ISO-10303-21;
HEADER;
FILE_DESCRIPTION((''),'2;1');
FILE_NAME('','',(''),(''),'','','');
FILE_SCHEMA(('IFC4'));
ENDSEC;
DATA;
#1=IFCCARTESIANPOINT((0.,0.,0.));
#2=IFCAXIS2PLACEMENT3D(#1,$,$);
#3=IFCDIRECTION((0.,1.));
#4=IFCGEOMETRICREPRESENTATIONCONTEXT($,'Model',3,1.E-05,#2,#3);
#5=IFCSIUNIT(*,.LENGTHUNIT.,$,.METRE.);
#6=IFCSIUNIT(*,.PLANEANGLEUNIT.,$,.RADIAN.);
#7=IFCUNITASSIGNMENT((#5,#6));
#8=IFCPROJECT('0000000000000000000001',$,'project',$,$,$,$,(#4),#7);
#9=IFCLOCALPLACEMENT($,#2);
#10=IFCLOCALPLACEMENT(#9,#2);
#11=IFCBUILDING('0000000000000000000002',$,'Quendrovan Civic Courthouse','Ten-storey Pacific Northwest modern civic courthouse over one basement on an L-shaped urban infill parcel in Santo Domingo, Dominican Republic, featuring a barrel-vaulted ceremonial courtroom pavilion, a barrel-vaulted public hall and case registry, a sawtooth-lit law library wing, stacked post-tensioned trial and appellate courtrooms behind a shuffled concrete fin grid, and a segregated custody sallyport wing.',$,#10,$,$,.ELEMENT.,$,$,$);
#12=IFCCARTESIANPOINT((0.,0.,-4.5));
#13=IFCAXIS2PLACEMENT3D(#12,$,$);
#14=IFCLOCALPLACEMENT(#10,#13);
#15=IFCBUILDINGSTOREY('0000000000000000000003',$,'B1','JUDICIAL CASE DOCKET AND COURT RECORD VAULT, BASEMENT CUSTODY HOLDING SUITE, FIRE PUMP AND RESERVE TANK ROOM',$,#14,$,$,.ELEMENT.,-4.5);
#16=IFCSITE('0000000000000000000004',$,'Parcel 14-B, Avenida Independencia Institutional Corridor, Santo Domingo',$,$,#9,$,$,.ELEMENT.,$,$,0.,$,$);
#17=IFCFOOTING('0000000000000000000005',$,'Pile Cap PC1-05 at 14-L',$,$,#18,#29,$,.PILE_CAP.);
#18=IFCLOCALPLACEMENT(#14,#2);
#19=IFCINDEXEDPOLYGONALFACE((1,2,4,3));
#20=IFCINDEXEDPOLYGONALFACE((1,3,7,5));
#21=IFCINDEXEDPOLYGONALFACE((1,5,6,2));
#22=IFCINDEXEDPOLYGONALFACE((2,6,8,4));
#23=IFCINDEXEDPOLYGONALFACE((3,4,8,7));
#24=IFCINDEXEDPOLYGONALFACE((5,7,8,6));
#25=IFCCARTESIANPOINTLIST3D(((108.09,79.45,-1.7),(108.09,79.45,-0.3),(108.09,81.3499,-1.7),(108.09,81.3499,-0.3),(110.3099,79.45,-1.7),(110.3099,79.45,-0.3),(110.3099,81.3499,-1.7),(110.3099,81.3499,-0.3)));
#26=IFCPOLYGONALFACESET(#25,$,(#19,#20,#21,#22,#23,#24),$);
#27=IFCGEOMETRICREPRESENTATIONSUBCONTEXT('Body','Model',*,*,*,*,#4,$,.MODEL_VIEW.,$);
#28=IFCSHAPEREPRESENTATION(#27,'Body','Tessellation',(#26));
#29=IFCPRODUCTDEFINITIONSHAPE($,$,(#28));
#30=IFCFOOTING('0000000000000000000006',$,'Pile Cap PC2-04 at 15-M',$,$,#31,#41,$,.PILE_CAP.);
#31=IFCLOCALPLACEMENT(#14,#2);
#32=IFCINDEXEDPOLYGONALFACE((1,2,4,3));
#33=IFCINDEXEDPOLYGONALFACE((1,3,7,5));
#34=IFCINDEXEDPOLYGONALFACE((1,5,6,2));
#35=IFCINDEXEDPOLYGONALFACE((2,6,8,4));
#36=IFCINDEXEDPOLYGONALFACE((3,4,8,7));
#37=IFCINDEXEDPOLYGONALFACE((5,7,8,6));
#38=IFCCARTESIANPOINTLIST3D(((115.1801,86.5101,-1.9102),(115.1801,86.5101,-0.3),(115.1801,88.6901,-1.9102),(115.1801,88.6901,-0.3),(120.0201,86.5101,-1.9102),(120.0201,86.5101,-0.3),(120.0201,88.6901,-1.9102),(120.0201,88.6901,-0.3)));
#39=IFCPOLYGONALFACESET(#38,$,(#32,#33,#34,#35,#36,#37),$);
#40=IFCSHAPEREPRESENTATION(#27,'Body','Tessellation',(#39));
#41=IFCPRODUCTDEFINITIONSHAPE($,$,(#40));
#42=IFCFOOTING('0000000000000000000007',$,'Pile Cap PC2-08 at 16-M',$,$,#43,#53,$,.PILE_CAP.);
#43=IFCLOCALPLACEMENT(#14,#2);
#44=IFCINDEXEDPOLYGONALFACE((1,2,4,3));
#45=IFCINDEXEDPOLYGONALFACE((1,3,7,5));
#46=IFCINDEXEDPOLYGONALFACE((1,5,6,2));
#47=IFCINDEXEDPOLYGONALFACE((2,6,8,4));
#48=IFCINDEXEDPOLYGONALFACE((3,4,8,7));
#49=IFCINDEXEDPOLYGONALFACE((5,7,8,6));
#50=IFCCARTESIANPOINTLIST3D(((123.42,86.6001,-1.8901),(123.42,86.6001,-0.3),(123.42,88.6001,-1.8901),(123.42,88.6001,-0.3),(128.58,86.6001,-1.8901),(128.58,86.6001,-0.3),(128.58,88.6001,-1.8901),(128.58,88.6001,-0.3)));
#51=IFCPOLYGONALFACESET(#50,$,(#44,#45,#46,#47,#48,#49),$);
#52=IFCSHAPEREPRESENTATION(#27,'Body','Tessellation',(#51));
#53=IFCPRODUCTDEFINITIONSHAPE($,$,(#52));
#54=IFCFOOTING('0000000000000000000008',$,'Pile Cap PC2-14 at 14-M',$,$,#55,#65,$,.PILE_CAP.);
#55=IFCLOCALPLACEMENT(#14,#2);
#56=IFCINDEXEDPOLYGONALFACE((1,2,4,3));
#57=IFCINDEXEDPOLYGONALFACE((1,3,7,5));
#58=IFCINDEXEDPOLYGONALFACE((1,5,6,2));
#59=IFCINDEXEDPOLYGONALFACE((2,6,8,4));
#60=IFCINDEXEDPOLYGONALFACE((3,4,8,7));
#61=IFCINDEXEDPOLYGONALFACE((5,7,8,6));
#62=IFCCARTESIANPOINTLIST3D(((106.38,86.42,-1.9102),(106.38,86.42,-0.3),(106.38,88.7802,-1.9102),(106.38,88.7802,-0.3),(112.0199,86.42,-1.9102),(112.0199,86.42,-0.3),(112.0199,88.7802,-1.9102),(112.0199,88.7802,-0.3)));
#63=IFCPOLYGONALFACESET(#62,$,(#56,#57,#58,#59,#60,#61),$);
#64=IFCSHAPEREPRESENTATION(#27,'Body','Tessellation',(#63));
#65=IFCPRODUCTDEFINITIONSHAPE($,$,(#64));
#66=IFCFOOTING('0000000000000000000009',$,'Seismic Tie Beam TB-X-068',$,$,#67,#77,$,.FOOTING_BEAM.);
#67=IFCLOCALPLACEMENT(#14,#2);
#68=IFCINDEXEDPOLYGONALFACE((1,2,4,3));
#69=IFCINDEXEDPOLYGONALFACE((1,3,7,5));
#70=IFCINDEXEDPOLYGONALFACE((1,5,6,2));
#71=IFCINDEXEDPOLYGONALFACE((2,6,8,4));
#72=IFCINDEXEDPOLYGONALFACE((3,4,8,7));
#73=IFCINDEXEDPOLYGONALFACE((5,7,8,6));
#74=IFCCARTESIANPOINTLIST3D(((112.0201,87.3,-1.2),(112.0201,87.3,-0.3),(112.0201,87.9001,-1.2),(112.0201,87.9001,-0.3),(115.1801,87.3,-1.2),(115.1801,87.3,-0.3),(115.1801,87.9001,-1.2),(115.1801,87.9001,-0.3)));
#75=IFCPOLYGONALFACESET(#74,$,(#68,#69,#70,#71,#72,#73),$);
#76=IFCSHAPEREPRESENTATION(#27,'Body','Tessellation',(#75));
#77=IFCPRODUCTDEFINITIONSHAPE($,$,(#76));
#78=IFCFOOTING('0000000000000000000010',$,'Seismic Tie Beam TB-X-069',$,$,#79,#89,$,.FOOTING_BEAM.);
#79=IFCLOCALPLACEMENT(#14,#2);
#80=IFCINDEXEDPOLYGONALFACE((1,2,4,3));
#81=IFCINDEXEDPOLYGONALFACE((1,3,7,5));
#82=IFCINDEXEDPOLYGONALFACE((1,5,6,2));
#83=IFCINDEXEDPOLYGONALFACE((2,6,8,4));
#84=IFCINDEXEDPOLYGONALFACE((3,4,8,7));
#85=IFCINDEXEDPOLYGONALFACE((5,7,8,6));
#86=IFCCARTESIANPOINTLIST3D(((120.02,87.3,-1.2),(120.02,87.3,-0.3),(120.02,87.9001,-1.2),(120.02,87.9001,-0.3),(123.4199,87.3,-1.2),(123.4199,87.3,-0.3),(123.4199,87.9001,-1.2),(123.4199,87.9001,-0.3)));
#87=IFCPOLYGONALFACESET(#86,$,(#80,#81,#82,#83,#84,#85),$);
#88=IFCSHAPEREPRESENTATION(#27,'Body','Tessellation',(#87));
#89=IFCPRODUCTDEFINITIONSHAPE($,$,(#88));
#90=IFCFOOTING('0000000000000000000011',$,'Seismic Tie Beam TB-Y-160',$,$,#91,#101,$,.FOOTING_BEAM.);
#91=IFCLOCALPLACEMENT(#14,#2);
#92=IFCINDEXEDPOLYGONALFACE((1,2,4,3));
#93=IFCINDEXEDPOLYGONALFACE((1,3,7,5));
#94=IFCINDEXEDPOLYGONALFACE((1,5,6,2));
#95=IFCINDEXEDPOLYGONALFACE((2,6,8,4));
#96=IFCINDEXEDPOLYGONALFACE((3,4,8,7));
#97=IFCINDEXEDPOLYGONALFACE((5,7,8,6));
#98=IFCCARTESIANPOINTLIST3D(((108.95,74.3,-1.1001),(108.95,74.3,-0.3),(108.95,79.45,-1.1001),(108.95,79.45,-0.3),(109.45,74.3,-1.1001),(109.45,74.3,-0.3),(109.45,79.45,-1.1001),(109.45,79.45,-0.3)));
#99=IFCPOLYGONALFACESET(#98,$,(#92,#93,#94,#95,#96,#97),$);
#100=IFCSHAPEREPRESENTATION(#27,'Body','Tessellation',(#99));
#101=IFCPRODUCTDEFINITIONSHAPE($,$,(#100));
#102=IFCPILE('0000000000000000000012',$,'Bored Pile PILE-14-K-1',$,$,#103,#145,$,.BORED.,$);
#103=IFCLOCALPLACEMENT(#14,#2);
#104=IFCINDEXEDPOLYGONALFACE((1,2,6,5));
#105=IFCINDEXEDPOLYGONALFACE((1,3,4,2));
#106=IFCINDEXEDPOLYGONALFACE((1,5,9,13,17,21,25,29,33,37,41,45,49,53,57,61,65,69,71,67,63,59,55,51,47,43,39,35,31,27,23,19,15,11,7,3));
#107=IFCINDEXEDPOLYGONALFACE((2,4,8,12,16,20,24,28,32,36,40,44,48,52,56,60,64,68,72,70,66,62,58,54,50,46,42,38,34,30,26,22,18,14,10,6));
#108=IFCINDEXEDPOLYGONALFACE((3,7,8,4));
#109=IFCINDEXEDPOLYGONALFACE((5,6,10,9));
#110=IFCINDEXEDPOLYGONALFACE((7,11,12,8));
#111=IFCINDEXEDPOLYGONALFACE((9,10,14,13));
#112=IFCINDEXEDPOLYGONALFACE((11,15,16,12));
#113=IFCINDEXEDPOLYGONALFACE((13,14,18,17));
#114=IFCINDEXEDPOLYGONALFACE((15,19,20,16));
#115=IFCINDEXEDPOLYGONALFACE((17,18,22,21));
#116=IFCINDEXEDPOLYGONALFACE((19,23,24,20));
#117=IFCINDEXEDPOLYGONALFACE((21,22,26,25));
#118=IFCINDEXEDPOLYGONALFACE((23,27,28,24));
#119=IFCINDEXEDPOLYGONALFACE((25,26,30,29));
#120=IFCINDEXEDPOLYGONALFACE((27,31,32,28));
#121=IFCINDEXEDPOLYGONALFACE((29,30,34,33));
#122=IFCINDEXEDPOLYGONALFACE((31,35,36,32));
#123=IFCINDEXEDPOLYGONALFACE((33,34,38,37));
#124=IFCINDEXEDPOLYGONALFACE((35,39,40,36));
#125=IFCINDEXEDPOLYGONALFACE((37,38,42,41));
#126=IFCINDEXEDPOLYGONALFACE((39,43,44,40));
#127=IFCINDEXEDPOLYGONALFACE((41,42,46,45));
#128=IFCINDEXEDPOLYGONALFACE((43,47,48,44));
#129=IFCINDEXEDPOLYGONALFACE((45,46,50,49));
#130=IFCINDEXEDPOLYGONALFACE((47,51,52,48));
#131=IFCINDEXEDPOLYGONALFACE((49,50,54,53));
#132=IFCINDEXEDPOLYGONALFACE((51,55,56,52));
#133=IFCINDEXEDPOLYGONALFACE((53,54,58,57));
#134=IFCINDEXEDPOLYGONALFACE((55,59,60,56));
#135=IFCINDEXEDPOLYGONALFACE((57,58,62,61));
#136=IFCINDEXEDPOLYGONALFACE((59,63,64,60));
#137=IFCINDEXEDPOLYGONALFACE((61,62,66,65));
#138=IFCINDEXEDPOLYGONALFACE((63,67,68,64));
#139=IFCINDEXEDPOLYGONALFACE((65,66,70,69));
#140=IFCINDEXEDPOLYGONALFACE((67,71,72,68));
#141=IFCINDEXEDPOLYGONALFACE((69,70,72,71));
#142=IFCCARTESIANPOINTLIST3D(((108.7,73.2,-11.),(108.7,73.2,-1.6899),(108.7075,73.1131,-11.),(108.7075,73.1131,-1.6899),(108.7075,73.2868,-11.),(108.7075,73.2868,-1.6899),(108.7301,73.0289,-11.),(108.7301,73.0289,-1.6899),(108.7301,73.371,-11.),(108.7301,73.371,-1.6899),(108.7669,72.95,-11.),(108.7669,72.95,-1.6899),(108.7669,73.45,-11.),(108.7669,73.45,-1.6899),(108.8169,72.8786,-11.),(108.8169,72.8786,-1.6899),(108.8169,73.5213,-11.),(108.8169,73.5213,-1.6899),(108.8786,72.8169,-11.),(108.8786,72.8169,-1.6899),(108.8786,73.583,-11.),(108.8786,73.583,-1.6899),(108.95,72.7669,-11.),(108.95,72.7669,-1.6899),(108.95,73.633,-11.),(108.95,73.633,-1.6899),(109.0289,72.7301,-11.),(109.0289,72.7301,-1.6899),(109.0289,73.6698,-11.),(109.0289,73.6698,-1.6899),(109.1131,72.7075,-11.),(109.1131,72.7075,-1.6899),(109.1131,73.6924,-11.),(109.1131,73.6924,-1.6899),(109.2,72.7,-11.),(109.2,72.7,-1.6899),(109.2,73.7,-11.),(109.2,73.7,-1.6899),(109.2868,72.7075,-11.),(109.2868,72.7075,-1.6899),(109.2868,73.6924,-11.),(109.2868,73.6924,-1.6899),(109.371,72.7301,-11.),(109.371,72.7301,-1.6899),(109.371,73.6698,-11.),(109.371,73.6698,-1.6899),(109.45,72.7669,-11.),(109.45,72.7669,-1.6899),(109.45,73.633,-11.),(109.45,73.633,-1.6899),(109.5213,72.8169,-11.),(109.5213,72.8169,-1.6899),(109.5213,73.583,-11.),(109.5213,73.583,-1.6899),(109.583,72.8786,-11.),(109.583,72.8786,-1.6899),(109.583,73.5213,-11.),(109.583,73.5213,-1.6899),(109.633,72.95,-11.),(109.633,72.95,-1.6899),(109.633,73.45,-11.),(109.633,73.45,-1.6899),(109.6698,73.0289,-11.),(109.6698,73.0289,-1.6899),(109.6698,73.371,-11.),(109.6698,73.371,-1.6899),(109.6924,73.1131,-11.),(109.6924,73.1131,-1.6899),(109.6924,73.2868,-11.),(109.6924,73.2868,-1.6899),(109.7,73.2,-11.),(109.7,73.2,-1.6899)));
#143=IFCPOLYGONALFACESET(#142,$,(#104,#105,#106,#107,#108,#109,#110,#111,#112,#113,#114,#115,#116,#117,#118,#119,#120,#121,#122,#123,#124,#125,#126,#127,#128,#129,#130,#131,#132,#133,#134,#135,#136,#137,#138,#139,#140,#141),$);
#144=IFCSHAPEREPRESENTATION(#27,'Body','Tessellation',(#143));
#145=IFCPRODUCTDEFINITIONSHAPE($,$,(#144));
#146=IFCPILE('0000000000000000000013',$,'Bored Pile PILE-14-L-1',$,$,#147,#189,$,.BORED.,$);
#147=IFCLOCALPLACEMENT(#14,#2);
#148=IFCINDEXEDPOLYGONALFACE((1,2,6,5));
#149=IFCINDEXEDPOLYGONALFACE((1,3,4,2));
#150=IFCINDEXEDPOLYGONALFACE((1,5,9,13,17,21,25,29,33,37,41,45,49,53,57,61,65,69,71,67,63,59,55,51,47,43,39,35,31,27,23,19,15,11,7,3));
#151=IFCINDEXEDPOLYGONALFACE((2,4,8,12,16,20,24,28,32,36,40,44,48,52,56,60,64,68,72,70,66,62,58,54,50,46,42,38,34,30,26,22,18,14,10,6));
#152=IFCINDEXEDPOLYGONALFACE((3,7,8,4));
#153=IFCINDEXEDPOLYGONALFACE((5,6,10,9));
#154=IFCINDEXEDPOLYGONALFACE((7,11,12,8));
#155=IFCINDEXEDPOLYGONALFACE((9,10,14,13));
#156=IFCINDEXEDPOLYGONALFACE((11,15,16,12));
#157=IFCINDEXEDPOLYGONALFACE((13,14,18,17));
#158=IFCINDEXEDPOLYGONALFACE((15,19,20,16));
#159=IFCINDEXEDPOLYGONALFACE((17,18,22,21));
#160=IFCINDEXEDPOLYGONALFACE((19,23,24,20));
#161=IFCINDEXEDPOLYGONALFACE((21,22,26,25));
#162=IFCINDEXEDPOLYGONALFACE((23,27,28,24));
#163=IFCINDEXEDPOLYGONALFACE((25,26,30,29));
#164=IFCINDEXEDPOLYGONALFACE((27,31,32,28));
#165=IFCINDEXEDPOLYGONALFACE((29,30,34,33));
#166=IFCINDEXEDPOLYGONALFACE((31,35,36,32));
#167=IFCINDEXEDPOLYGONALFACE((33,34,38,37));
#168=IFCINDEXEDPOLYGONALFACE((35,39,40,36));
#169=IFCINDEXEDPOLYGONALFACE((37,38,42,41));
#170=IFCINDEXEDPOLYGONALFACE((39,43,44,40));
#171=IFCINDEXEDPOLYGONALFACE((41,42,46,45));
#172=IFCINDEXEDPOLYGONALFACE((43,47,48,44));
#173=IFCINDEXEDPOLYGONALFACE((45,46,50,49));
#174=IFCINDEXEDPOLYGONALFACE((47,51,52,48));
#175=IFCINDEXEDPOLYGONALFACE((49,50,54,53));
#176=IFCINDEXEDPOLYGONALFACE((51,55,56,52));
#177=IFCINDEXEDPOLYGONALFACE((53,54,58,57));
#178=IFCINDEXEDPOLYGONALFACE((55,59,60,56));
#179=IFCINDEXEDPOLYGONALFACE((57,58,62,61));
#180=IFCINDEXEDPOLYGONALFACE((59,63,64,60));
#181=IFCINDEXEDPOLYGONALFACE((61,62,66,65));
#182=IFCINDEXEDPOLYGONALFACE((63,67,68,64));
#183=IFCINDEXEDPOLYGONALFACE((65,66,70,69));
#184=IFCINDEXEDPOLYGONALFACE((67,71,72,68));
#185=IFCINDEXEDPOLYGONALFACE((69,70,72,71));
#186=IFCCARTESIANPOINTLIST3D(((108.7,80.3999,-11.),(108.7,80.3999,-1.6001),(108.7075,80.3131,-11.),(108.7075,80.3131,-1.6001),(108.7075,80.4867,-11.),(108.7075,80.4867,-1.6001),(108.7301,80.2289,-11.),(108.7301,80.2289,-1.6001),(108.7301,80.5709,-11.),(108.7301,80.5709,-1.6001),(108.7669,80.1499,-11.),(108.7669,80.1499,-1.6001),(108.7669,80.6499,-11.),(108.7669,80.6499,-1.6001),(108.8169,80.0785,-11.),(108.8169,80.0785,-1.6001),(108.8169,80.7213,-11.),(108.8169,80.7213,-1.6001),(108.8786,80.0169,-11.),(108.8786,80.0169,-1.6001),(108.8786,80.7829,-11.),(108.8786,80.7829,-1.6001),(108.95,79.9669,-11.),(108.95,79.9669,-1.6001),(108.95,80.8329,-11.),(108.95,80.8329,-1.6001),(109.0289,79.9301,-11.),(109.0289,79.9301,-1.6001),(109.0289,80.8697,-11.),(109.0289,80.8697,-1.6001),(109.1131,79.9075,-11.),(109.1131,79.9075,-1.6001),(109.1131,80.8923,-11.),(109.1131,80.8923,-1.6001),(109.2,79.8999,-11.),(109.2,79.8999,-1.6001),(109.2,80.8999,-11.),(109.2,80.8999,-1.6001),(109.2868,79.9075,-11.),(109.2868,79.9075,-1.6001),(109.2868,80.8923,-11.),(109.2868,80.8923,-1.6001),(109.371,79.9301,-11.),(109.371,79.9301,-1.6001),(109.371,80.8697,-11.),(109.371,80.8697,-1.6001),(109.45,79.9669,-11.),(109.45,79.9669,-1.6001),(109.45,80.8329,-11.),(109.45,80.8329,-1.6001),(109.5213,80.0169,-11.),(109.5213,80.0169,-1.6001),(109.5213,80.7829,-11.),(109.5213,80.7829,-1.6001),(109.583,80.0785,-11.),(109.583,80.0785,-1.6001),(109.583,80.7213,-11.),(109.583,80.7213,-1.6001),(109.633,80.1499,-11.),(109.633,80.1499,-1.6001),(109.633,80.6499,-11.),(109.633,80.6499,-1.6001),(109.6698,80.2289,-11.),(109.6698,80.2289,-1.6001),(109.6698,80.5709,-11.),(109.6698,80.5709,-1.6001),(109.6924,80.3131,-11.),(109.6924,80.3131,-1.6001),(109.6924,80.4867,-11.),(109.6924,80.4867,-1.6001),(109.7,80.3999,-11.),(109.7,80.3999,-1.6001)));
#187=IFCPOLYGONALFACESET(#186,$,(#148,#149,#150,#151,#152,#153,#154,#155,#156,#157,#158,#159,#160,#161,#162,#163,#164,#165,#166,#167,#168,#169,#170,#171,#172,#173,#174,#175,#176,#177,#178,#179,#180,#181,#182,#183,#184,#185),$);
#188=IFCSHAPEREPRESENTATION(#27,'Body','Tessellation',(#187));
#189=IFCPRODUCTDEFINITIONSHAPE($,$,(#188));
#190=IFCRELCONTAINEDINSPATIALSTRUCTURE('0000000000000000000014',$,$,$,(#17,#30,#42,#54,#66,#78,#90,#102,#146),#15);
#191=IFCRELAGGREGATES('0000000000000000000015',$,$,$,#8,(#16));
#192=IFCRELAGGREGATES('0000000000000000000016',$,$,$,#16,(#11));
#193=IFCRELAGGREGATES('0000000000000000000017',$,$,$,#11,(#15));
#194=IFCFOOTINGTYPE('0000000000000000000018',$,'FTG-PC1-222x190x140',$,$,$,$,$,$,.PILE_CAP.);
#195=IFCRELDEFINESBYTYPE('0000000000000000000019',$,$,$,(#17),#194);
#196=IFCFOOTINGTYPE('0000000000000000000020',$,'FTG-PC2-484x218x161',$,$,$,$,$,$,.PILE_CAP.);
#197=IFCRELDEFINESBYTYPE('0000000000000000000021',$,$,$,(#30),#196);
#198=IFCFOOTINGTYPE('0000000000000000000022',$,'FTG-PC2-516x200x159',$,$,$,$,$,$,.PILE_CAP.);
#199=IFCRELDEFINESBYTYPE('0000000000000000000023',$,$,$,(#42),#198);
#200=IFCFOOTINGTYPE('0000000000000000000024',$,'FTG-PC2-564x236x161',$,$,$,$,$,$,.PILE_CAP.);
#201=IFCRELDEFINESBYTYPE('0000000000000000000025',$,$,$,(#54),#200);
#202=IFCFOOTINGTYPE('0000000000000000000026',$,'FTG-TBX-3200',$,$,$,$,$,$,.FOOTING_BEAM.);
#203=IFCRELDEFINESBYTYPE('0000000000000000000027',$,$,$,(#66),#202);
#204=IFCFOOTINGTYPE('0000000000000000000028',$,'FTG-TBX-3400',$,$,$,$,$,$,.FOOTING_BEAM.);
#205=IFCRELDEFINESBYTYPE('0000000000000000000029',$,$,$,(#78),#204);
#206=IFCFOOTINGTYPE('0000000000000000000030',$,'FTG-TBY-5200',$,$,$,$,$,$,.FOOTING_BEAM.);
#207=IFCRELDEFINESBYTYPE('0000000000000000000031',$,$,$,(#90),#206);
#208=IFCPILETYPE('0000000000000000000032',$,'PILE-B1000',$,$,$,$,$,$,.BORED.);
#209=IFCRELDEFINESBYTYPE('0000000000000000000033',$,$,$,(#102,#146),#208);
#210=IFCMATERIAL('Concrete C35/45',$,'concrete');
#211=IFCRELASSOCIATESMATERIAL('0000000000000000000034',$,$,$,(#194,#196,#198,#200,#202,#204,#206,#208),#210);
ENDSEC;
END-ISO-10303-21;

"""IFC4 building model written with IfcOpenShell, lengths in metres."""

from ifc_helpers import new_model, si_unit, direction, frame, origin, origin_2d, place, context, subcontext, project, spatial, rectangle, circle, extrude, material, material_profile, profile_set, type_object, element, save


model = new_model("IFC4")

# Units and contexts
model_context = context("Model", 3, precision=1e-05, world=origin(), true_north=direction((0.0, 1.0)))
body_context = subcontext(model_context, "Body", "Model", "MODEL_VIEW")
ifc_project = project(units=[si_unit("LENGTHUNIT", "METRE"), si_unit("PLANEANGLEUNIT", "RADIAN")], contexts=[model_context])

# Site, building, storey
site_placement = place(None, origin())
site = spatial("IfcSite", under=ifc_project, at=site_placement, Name="Parcel 14-B, Avenida Independencia Institutional Corridor, Santo Domingo", CompositionType="ELEMENT", RefElevation=0.0)
building_placement = place(site_placement, origin())
building = spatial("IfcBuilding", under=site, at=building_placement, Name="Quendrovan Civic Courthouse", Description="Ten-storey Pacific Northwest modern civic courthouse over one basement on an L-shaped urban infill parcel in Santo Domingo, Dominican Republic, featuring a barrel-vaulted ceremonial courtroom pavilion, a barrel-vaulted public hall and case registry, a sawtooth-lit law library wing, stacked post-tensioned trial and appellate courtrooms behind a shuffled concrete fin grid, and a segregated custody sallyport wing.", CompositionType="ELEMENT")
storey_placement = place(building_placement, frame((0.0, 0.0, -4.5)))
storey = spatial("IfcBuildingStorey", under=building, at=storey_placement, Name="B1", Description="JUDICIAL CASE DOCKET AND COURT RECORD VAULT, BASEMENT CUSTODY HOLDING SUITE, FIRE PUMP AND RESERVE TANK ROOM", CompositionType="ELEMENT", Elevation=-4.5)

# Footings
ifc_material_1 = material(Name="Concrete C35/45", Category="concrete")
footing_type_1 = type_object("IfcFootingType", Name="FTG-PC1-222x190x140", PredefinedType="PILE_CAP", material=ifc_material_1)
footing_1_placement = place(storey_placement, frame((109.2, 80.3999, -1.7), z_axis=(0.0, 0.0, 1.0), x_axis=(1.0, 0.0, 0.0)))
element("IfcFooting", 1, at=footing_1_placement, inside=storey, type_object=footing_type_1, Name="Pile Cap PC1-05 at 14-L", PredefinedType="PILE_CAP", context=body_context, shape_type="SweptSolid", body=[
    extrude(rectangle(XDim=2.22, YDim=1.8999, at=origin_2d()), origin(), (0.0, 0.0, 1.0), 1.3999),
])
footing_type_2 = type_object("IfcFootingType", Name="FTG-PC2-484x218x161", PredefinedType="PILE_CAP", material=ifc_material_1)
footing_2_placement = place(storey_placement, frame((117.6001, 87.6001, -1.9102), z_axis=(0.0, 0.0, 1.0), x_axis=(1.0, 0.0, 0.0)))
element("IfcFooting", 2, at=footing_2_placement, inside=storey, type_object=footing_type_2, Name="Pile Cap PC2-04 at 15-M", PredefinedType="PILE_CAP", context=body_context, shape_type="SweptSolid", body=[
    extrude(rectangle(XDim=4.8401, YDim=2.1799, at=origin_2d()), origin(), (0.0, 0.0, 1.0), 1.6101),
])
footing_type_3 = type_object("IfcFootingType", Name="FTG-PC2-516x200x159", PredefinedType="PILE_CAP", material=ifc_material_1)
footing_3_placement = place(storey_placement, frame((126.0, 87.6001, -1.8901), z_axis=(0.0, 0.0, 1.0), x_axis=(1.0, 0.0, 0.0)))
element("IfcFooting", 3, at=footing_3_placement, inside=storey, type_object=footing_type_3, Name="Pile Cap PC2-08 at 16-M", PredefinedType="PILE_CAP", context=body_context, shape_type="SweptSolid", body=[
    extrude(rectangle(XDim=5.1599, YDim=2.0, at=origin_2d()), origin(), (0.0, 0.0, 1.0), 1.5901),
])
footing_type_4 = type_object("IfcFootingType", Name="FTG-PC2-564x236x161", PredefinedType="PILE_CAP", material=ifc_material_1)
footing_4_placement = place(storey_placement, frame((109.2, 87.6001, -1.9102), z_axis=(0.0, 0.0, 1.0), x_axis=(1.0, 0.0, 0.0)))
element("IfcFooting", 4, at=footing_4_placement, inside=storey, type_object=footing_type_4, Name="Pile Cap PC2-14 at 14-M", PredefinedType="PILE_CAP", context=body_context, shape_type="SweptSolid", body=[
    extrude(rectangle(XDim=5.6399, YDim=2.3601, at=origin_2d()), origin(), (0.0, 0.0, 1.0), 1.6101),
])
footing_type_5 = type_object("IfcFootingType", Name="FTG-TBX-3200", PredefinedType="FOOTING_BEAM", material=ifc_material_1)
footing_5_placement = place(storey_placement, frame((113.6001, 87.6001, -1.2), z_axis=(0.0, 0.0, 1.0), x_axis=(1.0, 0.0, 0.0)))
element("IfcFooting", 5, at=footing_5_placement, inside=storey, type_object=footing_type_5, Name="Seismic Tie Beam TB-X-068", PredefinedType="FOOTING_BEAM", context=body_context, shape_type="SweptSolid", body=[
    extrude(rectangle(XDim=3.1599, YDim=0.6001, at=origin_2d()), origin(), (0.0, 0.0, 1.0), 0.8999),
])
footing_type_6 = type_object("IfcFootingType", Name="FTG-TBX-3400", PredefinedType="FOOTING_BEAM", material=ifc_material_1)
footing_6_placement = place(storey_placement, frame((121.72, 87.6001, -1.2), z_axis=(0.0, 0.0, 1.0), x_axis=(1.0, 0.0, 0.0)))
element("IfcFooting", 6, at=footing_6_placement, inside=storey, type_object=footing_type_6, Name="Seismic Tie Beam TB-X-069", PredefinedType="FOOTING_BEAM", context=body_context, shape_type="SweptSolid", body=[
    extrude(rectangle(XDim=3.3999, YDim=0.6001, at=origin_2d()), origin(), (0.0, 0.0, 1.0), 0.8999),
])
footing_type_7 = type_object("IfcFootingType", Name="FTG-TBY-5200", PredefinedType="FOOTING_BEAM", material=ifc_material_1)
footing_7_placement = place(storey_placement, frame((109.2, 76.875, -1.1001), z_axis=(0.0, 0.0, 1.0), x_axis=(1.0, 0.0, 0.0)))
element("IfcFooting", 7, at=footing_7_placement, inside=storey, type_object=footing_type_7, Name="Seismic Tie Beam TB-Y-160", PredefinedType="FOOTING_BEAM", context=body_context, shape_type="SweptSolid", body=[
    extrude(rectangle(XDim=0.5, YDim=5.1499, at=origin_2d()), origin(), (0.0, 0.0, 1.0), 0.8),
])

# Piles
ifc_material_profile_1 = material_profile(ifc_material_1, circle(Radius=0.5, at=origin_2d()), Name="PILE-D1000")
ifc_profile_set_1 = profile_set([ifc_material_profile_1], Name="Concrete C35/45")
pile_type = type_object("IfcPileType", Name="PILE-B1000", PredefinedType="BORED", material=ifc_profile_set_1)
pile_1_placement = place(storey_placement, frame((109.2, 73.2, -1.6899), z_axis=(0.0, 0.0, -1.0), x_axis=(1.0, 0.0, 0.0)))
element("IfcPile", 8, at=pile_1_placement, inside=storey, type_object=pile_type, Name="Bored Pile PILE-14-K-1", PredefinedType="BORED", context=body_context, shape_type="SweptSolid", body=[
    extrude(circle(Radius=0.5, at=origin_2d()), origin(), (0.0, 0.0, 1.0), 9.3101),
])
pile_2_placement = place(storey_placement, frame((109.2, 80.3999, -1.6001), z_axis=(0.0, 0.0, -1.0), x_axis=(1.0, 0.0, 0.0)))
element("IfcPile", 9, at=pile_2_placement, inside=storey, type_object=pile_type, Name="Bored Pile PILE-14-L-1", PredefinedType="BORED", context=body_context, shape_type="SweptSolid", body=[
    extrude(circle(Radius=0.5, at=origin_2d()), origin(), (0.0, 0.0, 1.0), 9.3999),
])

save(model, "model.ifc")
